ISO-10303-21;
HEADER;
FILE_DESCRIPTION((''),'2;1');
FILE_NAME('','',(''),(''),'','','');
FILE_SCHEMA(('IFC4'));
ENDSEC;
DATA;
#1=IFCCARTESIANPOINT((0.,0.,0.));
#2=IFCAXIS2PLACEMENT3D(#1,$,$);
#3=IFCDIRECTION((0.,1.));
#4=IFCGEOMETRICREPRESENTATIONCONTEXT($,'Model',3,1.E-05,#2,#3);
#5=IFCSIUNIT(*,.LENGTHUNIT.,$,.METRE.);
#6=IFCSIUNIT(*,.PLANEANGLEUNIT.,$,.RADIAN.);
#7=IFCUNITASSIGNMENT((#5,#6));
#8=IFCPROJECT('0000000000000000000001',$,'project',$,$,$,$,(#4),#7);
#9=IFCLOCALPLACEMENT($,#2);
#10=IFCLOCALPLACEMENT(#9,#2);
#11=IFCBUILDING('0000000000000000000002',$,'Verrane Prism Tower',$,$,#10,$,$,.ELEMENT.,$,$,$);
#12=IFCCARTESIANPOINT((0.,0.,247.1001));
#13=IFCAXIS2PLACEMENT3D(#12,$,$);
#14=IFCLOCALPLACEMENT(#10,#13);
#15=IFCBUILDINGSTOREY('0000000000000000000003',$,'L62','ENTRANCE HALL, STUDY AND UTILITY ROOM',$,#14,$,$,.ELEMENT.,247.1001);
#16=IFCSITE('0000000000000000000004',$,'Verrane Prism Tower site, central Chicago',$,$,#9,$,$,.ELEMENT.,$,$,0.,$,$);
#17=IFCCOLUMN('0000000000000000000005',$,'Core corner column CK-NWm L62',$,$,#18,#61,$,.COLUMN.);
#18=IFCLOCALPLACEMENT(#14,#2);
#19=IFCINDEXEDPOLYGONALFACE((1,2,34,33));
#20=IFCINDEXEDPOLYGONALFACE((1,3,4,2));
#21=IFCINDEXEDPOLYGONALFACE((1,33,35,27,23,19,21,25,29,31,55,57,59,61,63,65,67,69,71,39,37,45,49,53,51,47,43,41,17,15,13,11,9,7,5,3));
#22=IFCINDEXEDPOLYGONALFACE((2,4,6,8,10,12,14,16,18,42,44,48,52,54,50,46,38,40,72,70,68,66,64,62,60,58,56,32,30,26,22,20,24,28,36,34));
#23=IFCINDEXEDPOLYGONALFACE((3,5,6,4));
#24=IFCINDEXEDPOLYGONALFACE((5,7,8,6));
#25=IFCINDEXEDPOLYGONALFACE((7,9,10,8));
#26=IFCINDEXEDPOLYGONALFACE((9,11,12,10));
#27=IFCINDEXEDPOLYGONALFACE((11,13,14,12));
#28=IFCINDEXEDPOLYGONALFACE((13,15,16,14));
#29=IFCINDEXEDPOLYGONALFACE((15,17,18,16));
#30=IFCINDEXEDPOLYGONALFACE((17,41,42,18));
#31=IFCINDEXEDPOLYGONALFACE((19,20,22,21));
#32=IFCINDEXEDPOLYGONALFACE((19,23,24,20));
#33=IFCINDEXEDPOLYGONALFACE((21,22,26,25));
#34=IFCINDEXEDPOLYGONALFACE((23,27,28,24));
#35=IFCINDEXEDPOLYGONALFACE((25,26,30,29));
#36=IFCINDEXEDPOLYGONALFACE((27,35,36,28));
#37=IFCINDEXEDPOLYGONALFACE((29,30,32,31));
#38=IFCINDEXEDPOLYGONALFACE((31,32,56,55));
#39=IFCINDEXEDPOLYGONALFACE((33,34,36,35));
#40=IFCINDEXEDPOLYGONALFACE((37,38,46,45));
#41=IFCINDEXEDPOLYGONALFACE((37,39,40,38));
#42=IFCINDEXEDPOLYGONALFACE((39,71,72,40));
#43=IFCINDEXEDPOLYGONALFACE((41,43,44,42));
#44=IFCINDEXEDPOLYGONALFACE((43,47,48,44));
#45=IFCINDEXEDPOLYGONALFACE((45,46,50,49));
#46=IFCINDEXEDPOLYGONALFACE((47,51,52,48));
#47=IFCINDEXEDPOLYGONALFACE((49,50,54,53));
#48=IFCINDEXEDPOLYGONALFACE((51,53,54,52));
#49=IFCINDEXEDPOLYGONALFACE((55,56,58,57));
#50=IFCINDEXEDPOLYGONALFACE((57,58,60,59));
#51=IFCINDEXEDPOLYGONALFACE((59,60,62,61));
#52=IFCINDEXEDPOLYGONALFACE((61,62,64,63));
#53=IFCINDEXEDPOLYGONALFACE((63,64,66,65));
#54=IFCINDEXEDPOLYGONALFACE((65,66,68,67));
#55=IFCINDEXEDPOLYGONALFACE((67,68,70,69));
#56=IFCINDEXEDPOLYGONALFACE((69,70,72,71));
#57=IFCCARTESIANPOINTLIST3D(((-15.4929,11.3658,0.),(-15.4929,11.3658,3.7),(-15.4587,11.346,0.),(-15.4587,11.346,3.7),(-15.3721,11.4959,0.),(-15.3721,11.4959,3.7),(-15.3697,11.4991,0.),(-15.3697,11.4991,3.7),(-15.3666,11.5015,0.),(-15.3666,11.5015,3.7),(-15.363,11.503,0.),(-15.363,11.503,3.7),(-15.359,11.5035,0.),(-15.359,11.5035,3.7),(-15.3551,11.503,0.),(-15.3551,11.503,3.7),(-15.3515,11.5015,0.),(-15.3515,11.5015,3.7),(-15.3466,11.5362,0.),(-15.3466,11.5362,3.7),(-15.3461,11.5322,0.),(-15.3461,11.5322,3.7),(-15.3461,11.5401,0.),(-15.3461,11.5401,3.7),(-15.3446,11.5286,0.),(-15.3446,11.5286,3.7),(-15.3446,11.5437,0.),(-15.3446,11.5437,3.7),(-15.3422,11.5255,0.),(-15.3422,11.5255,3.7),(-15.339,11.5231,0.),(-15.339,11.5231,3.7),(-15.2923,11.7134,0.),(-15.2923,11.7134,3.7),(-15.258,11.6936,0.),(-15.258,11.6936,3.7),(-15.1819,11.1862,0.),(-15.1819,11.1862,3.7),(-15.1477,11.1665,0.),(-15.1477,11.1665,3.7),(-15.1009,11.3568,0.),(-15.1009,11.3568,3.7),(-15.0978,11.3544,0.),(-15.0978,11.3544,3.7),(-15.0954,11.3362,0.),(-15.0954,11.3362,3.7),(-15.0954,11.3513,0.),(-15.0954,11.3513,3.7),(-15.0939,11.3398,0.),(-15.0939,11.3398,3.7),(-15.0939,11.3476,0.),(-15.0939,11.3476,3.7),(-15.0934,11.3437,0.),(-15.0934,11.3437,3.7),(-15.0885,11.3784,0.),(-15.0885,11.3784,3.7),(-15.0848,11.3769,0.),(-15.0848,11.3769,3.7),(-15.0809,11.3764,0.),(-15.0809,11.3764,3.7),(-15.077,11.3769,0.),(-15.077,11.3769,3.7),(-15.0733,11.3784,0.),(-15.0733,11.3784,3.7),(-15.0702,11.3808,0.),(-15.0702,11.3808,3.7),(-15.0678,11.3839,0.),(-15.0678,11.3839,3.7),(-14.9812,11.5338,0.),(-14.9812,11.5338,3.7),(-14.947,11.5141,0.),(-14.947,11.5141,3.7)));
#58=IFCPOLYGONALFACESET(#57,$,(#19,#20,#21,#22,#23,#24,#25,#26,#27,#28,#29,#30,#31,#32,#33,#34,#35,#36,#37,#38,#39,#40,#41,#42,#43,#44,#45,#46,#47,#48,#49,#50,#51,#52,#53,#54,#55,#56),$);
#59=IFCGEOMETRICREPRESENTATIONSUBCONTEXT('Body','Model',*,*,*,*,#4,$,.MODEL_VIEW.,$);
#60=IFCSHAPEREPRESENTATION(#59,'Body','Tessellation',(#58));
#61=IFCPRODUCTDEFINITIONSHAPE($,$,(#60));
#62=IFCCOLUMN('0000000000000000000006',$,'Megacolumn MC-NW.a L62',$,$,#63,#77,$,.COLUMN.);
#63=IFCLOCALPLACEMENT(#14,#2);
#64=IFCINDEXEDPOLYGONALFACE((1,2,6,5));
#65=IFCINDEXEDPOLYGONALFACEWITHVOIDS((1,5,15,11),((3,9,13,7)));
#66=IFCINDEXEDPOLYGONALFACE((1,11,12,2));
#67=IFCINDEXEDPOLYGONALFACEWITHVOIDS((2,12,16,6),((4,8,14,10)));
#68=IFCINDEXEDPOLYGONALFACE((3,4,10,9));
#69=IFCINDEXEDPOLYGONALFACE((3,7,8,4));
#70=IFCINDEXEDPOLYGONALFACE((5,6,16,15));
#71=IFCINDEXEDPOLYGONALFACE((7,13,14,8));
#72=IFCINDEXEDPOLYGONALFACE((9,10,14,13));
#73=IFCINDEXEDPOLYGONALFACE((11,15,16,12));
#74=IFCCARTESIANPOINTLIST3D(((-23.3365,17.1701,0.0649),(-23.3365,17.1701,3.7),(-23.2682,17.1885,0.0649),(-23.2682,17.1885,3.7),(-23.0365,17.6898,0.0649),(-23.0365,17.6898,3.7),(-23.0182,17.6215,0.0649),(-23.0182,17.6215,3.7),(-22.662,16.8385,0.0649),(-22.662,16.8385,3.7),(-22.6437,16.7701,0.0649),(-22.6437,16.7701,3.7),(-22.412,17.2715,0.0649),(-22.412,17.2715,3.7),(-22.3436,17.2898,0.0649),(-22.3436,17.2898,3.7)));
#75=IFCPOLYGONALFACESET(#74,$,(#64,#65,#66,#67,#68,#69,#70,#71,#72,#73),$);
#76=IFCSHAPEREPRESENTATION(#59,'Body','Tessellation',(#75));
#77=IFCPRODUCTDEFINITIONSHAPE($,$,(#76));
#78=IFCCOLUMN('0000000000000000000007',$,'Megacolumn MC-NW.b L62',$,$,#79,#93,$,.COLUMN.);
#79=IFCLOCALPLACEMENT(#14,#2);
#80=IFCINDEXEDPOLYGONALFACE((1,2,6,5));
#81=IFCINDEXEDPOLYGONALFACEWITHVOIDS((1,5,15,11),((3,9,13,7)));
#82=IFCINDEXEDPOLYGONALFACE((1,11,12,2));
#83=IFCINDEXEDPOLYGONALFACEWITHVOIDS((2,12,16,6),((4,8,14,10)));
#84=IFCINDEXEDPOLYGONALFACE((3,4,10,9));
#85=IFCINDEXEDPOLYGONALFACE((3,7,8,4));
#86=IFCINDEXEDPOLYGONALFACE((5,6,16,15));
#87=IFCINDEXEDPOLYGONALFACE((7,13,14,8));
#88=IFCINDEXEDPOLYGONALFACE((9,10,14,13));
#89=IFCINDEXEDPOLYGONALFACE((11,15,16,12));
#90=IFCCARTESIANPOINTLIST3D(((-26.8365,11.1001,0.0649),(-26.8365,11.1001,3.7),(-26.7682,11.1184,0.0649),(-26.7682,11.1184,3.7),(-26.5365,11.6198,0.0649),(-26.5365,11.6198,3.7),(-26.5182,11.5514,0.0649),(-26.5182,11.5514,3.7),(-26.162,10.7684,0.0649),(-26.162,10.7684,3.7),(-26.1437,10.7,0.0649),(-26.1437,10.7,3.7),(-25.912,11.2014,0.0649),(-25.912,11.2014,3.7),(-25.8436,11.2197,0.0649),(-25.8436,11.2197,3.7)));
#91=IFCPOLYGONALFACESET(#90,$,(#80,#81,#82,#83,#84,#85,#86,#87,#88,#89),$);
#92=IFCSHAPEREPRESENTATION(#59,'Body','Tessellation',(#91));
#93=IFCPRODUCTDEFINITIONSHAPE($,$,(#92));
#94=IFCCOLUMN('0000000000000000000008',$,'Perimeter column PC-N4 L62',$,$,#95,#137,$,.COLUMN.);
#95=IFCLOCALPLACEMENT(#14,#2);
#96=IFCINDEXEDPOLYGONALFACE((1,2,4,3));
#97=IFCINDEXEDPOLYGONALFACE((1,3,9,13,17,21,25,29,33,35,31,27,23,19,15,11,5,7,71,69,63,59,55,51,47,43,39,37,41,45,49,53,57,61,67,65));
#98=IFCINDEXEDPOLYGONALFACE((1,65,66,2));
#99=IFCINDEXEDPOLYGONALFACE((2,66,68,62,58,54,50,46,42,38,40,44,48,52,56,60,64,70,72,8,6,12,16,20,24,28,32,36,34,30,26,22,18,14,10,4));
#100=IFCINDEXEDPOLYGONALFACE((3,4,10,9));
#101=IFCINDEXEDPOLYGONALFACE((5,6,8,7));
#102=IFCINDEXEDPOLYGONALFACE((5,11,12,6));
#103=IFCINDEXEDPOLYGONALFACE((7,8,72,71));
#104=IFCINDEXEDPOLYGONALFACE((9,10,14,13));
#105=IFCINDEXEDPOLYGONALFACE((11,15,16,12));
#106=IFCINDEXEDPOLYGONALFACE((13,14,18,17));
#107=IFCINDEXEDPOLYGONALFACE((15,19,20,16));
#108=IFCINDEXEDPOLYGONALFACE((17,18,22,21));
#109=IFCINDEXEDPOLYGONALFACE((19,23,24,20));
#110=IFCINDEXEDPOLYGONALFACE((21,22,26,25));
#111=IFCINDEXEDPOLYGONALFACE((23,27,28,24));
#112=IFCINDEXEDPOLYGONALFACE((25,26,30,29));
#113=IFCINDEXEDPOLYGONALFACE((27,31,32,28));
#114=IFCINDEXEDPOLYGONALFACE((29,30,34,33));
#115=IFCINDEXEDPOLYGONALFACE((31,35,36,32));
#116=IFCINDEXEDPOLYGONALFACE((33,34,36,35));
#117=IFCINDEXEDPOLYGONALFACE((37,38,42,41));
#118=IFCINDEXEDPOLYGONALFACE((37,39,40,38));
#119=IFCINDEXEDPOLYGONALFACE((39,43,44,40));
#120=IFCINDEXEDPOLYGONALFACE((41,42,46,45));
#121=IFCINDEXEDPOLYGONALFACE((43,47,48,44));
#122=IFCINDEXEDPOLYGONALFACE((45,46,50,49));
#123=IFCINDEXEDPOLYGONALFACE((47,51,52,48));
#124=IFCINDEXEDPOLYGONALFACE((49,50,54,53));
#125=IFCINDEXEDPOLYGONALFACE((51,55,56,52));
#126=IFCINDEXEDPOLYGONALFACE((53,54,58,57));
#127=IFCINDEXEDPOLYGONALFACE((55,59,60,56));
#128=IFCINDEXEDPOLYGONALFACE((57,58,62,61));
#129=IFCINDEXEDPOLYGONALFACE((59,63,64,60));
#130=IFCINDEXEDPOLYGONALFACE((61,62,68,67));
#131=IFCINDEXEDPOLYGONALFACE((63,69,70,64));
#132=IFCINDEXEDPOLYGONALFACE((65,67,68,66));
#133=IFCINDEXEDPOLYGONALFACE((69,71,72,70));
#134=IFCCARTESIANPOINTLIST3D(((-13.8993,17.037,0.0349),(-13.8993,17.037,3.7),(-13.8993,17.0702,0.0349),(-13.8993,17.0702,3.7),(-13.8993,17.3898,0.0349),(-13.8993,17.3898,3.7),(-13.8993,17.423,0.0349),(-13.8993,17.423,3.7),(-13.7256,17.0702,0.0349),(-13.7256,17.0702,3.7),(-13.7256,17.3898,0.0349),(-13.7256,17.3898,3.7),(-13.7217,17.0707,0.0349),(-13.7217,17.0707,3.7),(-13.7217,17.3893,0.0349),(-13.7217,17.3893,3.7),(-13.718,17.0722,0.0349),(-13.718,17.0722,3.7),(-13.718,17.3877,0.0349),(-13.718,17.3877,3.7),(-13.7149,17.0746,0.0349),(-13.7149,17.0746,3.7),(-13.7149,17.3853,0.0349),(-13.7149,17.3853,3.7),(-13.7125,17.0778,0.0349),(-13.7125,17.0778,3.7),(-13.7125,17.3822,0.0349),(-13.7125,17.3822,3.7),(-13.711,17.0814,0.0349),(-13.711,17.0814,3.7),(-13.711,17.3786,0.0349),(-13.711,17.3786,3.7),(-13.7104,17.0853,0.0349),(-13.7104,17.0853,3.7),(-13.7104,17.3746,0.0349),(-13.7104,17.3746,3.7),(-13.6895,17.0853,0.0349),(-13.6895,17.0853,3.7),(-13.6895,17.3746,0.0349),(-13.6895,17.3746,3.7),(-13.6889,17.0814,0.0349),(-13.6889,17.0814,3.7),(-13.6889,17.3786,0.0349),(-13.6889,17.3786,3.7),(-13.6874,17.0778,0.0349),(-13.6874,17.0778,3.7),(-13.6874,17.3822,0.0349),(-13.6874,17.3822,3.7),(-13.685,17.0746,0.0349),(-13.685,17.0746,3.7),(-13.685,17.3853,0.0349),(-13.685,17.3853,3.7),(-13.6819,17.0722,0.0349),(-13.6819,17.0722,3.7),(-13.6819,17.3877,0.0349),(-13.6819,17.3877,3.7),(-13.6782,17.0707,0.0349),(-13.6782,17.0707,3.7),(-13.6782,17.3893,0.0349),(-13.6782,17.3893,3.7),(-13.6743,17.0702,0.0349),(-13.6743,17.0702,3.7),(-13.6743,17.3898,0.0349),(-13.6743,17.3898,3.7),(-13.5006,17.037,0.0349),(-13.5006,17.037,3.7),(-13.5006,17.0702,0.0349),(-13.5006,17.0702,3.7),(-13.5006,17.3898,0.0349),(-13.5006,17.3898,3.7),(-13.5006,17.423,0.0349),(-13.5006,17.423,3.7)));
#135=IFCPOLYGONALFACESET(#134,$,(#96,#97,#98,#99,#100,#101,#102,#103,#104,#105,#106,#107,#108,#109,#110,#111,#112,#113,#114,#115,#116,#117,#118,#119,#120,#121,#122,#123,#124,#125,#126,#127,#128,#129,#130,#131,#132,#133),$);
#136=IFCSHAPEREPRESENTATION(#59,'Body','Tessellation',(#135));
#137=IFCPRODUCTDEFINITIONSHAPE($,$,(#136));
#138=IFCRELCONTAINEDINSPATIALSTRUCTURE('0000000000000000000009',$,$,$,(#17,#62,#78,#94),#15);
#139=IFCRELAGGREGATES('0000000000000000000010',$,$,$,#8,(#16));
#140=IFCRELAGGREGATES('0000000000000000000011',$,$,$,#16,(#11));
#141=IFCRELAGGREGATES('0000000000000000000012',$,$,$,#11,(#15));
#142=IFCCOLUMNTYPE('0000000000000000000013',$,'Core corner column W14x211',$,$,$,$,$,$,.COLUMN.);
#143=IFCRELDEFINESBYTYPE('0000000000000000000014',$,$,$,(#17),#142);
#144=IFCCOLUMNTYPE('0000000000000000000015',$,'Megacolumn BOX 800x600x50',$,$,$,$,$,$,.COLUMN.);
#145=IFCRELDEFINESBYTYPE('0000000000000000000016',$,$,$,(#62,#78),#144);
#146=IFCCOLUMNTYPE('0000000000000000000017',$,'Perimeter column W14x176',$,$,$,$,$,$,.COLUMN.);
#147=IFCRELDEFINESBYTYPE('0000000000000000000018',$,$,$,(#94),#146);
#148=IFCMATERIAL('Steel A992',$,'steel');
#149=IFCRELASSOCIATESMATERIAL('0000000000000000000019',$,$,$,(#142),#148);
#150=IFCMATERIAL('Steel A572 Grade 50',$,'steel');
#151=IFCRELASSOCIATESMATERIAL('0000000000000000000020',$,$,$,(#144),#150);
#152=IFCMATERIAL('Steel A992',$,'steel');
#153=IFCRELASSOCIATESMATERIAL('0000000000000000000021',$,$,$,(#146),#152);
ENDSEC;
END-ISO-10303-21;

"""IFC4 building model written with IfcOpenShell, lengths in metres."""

from ifc_helpers import new_model, si_unit, direction, frame, origin, origin_2d, place, context, subcontext, project, spatial, hollow_rectangle, i_section, extrude, material, material_profile, profile_set, type_object, element, save


model = new_model("IFC4")

# Units and contexts
model_context = context("Model", 3, precision=1e-05, world=origin(), true_north=direction((0.0, 1.0)))
body_context = subcontext(model_context, "Body", "Model", "MODEL_VIEW")
ifc_project = project(units=[si_unit("LENGTHUNIT", "METRE"), si_unit("PLANEANGLEUNIT", "RADIAN")], contexts=[model_context])

# Site, building, storey
site_placement = place(None, origin())
site = spatial("IfcSite", under=ifc_project, at=site_placement, Name="Verrane Prism Tower site, central Chicago", CompositionType="ELEMENT", RefElevation=0.0)
building_placement = place(site_placement, origin())
building = spatial("IfcBuilding", under=site, at=building_placement, Name="Verrane Prism Tower", CompositionType="ELEMENT")
storey_placement = place(building_placement, frame((0.0, 0.0, 247.1001)))
storey = spatial("IfcBuildingStorey", under=building, at=storey_placement, Name="L62", Description="ENTRANCE HALL, STUDY AND UTILITY ROOM", CompositionType="ELEMENT", Elevation=247.1001)

# Columns
ifc_material_1 = material(Name="Steel A992", Category="steel")
ifc_material_profile_1 = material_profile(ifc_material_1, i_section(OverallWidth=0.4014, OverallDepth=0.3987, WebThickness=0.0249, FlangeThickness=0.0396, FilletRadius=0.0151, at=origin_2d()), Name="W14x211")
ifc_profile_set_1 = profile_set([ifc_material_profile_1], Name="Steel A992")
column_type_1 = type_object("IfcColumnType", Name="Core corner column W14x211", PredefinedType="COLUMN", material=ifc_profile_set_1)
column_1_placement = place(storey_placement, frame((-15.22, 11.4399, 0.0), z_axis=(0.0, 0.0, 1.0), x_axis=(0.5, 0.866025, 0.0)))
element("IfcColumn", 1, at=column_1_placement, inside=storey, type_object=column_type_1, Name="Core corner column CK-NWm L62", PredefinedType="COLUMN", context=body_context, shape_type="SweptSolid", body=[
    extrude(i_section(OverallWidth=0.4014, OverallDepth=0.3987, WebThickness=0.0249, FlangeThickness=0.0396, FilletRadius=0.0151, at=origin_2d()), origin(), (0.0, 0.0, 1.0), 3.7),
])
ifc_material_2 = material(Name="Steel A572 Grade 50", Category="steel")
ifc_material_profile_2 = material_profile(ifc_material_2, hollow_rectangle(XDim=0.6001, YDim=0.8, WallThickness=0.05, at=origin_2d()), Name="BOX 800x600x50")
ifc_profile_set_2 = profile_set([ifc_material_profile_2], Name="Steel A572 Grade 50")
column_type_2 = type_object("IfcColumnType", Name="Megacolumn BOX 800x600x50", PredefinedType="COLUMN", material=ifc_profile_set_2)
for number, where, z_axis, x_axis, name in (
    (2, (-22.8401, 17.23, 0.0649), (0.0, 0.0, 1.0), (0.5, 0.866025, 0.0), "Megacolumn MC-NW.a L62"),
    (3, (-26.3401, 11.1599, 0.0649), (0.0, 0.0, 1.0), (0.5, 0.866025, 0.0), "Megacolumn MC-NW.b L62"),
):
    element("IfcColumn", number, at=place(storey_placement, frame(where, z_axis=z_axis, x_axis=x_axis)), inside=storey, type_object=column_type_2, Name=name, PredefinedType="COLUMN", context=body_context, shape_type="SweptSolid", body=[
        extrude(hollow_rectangle(XDim=0.6001, YDim=0.8, WallThickness=0.05, at=origin_2d()), origin(), (0.0, 0.0, 1.0), 3.635),
    ])
ifc_material_3 = material(Name="Steel A992", Category="steel")
ifc_material_profile_3 = material_profile(ifc_material_3, i_section(OverallWidth=0.3987, OverallDepth=0.386, WebThickness=0.021, FlangeThickness=0.0332, FilletRadius=0.0151, at=origin_2d()), Name="W14x176")
ifc_profile_set_3 = profile_set([ifc_material_profile_3], Name="Steel A992")
column_type_3 = type_object("IfcColumnType", Name="Perimeter column W14x176", PredefinedType="COLUMN", material=ifc_profile_set_3)
column_2_placement = place(storey_placement, frame((-13.7, 17.23, 0.0349), z_axis=(0.0, 0.0, 1.0), x_axis=(1.0, 0.0, 0.0)))
element("IfcColumn", 4, at=column_2_placement, inside=storey, type_object=column_type_3, Name="Perimeter column PC-N4 L62", PredefinedType="COLUMN", context=body_context, shape_type="SweptSolid", body=[
    extrude(i_section(OverallWidth=0.3987, OverallDepth=0.386, WebThickness=0.021, FlangeThickness=0.0332, FilletRadius=0.0151, at=origin_2d()), origin(), (0.0, 0.0, 1.0), 3.665),
])

save(model, "model.ifc")
